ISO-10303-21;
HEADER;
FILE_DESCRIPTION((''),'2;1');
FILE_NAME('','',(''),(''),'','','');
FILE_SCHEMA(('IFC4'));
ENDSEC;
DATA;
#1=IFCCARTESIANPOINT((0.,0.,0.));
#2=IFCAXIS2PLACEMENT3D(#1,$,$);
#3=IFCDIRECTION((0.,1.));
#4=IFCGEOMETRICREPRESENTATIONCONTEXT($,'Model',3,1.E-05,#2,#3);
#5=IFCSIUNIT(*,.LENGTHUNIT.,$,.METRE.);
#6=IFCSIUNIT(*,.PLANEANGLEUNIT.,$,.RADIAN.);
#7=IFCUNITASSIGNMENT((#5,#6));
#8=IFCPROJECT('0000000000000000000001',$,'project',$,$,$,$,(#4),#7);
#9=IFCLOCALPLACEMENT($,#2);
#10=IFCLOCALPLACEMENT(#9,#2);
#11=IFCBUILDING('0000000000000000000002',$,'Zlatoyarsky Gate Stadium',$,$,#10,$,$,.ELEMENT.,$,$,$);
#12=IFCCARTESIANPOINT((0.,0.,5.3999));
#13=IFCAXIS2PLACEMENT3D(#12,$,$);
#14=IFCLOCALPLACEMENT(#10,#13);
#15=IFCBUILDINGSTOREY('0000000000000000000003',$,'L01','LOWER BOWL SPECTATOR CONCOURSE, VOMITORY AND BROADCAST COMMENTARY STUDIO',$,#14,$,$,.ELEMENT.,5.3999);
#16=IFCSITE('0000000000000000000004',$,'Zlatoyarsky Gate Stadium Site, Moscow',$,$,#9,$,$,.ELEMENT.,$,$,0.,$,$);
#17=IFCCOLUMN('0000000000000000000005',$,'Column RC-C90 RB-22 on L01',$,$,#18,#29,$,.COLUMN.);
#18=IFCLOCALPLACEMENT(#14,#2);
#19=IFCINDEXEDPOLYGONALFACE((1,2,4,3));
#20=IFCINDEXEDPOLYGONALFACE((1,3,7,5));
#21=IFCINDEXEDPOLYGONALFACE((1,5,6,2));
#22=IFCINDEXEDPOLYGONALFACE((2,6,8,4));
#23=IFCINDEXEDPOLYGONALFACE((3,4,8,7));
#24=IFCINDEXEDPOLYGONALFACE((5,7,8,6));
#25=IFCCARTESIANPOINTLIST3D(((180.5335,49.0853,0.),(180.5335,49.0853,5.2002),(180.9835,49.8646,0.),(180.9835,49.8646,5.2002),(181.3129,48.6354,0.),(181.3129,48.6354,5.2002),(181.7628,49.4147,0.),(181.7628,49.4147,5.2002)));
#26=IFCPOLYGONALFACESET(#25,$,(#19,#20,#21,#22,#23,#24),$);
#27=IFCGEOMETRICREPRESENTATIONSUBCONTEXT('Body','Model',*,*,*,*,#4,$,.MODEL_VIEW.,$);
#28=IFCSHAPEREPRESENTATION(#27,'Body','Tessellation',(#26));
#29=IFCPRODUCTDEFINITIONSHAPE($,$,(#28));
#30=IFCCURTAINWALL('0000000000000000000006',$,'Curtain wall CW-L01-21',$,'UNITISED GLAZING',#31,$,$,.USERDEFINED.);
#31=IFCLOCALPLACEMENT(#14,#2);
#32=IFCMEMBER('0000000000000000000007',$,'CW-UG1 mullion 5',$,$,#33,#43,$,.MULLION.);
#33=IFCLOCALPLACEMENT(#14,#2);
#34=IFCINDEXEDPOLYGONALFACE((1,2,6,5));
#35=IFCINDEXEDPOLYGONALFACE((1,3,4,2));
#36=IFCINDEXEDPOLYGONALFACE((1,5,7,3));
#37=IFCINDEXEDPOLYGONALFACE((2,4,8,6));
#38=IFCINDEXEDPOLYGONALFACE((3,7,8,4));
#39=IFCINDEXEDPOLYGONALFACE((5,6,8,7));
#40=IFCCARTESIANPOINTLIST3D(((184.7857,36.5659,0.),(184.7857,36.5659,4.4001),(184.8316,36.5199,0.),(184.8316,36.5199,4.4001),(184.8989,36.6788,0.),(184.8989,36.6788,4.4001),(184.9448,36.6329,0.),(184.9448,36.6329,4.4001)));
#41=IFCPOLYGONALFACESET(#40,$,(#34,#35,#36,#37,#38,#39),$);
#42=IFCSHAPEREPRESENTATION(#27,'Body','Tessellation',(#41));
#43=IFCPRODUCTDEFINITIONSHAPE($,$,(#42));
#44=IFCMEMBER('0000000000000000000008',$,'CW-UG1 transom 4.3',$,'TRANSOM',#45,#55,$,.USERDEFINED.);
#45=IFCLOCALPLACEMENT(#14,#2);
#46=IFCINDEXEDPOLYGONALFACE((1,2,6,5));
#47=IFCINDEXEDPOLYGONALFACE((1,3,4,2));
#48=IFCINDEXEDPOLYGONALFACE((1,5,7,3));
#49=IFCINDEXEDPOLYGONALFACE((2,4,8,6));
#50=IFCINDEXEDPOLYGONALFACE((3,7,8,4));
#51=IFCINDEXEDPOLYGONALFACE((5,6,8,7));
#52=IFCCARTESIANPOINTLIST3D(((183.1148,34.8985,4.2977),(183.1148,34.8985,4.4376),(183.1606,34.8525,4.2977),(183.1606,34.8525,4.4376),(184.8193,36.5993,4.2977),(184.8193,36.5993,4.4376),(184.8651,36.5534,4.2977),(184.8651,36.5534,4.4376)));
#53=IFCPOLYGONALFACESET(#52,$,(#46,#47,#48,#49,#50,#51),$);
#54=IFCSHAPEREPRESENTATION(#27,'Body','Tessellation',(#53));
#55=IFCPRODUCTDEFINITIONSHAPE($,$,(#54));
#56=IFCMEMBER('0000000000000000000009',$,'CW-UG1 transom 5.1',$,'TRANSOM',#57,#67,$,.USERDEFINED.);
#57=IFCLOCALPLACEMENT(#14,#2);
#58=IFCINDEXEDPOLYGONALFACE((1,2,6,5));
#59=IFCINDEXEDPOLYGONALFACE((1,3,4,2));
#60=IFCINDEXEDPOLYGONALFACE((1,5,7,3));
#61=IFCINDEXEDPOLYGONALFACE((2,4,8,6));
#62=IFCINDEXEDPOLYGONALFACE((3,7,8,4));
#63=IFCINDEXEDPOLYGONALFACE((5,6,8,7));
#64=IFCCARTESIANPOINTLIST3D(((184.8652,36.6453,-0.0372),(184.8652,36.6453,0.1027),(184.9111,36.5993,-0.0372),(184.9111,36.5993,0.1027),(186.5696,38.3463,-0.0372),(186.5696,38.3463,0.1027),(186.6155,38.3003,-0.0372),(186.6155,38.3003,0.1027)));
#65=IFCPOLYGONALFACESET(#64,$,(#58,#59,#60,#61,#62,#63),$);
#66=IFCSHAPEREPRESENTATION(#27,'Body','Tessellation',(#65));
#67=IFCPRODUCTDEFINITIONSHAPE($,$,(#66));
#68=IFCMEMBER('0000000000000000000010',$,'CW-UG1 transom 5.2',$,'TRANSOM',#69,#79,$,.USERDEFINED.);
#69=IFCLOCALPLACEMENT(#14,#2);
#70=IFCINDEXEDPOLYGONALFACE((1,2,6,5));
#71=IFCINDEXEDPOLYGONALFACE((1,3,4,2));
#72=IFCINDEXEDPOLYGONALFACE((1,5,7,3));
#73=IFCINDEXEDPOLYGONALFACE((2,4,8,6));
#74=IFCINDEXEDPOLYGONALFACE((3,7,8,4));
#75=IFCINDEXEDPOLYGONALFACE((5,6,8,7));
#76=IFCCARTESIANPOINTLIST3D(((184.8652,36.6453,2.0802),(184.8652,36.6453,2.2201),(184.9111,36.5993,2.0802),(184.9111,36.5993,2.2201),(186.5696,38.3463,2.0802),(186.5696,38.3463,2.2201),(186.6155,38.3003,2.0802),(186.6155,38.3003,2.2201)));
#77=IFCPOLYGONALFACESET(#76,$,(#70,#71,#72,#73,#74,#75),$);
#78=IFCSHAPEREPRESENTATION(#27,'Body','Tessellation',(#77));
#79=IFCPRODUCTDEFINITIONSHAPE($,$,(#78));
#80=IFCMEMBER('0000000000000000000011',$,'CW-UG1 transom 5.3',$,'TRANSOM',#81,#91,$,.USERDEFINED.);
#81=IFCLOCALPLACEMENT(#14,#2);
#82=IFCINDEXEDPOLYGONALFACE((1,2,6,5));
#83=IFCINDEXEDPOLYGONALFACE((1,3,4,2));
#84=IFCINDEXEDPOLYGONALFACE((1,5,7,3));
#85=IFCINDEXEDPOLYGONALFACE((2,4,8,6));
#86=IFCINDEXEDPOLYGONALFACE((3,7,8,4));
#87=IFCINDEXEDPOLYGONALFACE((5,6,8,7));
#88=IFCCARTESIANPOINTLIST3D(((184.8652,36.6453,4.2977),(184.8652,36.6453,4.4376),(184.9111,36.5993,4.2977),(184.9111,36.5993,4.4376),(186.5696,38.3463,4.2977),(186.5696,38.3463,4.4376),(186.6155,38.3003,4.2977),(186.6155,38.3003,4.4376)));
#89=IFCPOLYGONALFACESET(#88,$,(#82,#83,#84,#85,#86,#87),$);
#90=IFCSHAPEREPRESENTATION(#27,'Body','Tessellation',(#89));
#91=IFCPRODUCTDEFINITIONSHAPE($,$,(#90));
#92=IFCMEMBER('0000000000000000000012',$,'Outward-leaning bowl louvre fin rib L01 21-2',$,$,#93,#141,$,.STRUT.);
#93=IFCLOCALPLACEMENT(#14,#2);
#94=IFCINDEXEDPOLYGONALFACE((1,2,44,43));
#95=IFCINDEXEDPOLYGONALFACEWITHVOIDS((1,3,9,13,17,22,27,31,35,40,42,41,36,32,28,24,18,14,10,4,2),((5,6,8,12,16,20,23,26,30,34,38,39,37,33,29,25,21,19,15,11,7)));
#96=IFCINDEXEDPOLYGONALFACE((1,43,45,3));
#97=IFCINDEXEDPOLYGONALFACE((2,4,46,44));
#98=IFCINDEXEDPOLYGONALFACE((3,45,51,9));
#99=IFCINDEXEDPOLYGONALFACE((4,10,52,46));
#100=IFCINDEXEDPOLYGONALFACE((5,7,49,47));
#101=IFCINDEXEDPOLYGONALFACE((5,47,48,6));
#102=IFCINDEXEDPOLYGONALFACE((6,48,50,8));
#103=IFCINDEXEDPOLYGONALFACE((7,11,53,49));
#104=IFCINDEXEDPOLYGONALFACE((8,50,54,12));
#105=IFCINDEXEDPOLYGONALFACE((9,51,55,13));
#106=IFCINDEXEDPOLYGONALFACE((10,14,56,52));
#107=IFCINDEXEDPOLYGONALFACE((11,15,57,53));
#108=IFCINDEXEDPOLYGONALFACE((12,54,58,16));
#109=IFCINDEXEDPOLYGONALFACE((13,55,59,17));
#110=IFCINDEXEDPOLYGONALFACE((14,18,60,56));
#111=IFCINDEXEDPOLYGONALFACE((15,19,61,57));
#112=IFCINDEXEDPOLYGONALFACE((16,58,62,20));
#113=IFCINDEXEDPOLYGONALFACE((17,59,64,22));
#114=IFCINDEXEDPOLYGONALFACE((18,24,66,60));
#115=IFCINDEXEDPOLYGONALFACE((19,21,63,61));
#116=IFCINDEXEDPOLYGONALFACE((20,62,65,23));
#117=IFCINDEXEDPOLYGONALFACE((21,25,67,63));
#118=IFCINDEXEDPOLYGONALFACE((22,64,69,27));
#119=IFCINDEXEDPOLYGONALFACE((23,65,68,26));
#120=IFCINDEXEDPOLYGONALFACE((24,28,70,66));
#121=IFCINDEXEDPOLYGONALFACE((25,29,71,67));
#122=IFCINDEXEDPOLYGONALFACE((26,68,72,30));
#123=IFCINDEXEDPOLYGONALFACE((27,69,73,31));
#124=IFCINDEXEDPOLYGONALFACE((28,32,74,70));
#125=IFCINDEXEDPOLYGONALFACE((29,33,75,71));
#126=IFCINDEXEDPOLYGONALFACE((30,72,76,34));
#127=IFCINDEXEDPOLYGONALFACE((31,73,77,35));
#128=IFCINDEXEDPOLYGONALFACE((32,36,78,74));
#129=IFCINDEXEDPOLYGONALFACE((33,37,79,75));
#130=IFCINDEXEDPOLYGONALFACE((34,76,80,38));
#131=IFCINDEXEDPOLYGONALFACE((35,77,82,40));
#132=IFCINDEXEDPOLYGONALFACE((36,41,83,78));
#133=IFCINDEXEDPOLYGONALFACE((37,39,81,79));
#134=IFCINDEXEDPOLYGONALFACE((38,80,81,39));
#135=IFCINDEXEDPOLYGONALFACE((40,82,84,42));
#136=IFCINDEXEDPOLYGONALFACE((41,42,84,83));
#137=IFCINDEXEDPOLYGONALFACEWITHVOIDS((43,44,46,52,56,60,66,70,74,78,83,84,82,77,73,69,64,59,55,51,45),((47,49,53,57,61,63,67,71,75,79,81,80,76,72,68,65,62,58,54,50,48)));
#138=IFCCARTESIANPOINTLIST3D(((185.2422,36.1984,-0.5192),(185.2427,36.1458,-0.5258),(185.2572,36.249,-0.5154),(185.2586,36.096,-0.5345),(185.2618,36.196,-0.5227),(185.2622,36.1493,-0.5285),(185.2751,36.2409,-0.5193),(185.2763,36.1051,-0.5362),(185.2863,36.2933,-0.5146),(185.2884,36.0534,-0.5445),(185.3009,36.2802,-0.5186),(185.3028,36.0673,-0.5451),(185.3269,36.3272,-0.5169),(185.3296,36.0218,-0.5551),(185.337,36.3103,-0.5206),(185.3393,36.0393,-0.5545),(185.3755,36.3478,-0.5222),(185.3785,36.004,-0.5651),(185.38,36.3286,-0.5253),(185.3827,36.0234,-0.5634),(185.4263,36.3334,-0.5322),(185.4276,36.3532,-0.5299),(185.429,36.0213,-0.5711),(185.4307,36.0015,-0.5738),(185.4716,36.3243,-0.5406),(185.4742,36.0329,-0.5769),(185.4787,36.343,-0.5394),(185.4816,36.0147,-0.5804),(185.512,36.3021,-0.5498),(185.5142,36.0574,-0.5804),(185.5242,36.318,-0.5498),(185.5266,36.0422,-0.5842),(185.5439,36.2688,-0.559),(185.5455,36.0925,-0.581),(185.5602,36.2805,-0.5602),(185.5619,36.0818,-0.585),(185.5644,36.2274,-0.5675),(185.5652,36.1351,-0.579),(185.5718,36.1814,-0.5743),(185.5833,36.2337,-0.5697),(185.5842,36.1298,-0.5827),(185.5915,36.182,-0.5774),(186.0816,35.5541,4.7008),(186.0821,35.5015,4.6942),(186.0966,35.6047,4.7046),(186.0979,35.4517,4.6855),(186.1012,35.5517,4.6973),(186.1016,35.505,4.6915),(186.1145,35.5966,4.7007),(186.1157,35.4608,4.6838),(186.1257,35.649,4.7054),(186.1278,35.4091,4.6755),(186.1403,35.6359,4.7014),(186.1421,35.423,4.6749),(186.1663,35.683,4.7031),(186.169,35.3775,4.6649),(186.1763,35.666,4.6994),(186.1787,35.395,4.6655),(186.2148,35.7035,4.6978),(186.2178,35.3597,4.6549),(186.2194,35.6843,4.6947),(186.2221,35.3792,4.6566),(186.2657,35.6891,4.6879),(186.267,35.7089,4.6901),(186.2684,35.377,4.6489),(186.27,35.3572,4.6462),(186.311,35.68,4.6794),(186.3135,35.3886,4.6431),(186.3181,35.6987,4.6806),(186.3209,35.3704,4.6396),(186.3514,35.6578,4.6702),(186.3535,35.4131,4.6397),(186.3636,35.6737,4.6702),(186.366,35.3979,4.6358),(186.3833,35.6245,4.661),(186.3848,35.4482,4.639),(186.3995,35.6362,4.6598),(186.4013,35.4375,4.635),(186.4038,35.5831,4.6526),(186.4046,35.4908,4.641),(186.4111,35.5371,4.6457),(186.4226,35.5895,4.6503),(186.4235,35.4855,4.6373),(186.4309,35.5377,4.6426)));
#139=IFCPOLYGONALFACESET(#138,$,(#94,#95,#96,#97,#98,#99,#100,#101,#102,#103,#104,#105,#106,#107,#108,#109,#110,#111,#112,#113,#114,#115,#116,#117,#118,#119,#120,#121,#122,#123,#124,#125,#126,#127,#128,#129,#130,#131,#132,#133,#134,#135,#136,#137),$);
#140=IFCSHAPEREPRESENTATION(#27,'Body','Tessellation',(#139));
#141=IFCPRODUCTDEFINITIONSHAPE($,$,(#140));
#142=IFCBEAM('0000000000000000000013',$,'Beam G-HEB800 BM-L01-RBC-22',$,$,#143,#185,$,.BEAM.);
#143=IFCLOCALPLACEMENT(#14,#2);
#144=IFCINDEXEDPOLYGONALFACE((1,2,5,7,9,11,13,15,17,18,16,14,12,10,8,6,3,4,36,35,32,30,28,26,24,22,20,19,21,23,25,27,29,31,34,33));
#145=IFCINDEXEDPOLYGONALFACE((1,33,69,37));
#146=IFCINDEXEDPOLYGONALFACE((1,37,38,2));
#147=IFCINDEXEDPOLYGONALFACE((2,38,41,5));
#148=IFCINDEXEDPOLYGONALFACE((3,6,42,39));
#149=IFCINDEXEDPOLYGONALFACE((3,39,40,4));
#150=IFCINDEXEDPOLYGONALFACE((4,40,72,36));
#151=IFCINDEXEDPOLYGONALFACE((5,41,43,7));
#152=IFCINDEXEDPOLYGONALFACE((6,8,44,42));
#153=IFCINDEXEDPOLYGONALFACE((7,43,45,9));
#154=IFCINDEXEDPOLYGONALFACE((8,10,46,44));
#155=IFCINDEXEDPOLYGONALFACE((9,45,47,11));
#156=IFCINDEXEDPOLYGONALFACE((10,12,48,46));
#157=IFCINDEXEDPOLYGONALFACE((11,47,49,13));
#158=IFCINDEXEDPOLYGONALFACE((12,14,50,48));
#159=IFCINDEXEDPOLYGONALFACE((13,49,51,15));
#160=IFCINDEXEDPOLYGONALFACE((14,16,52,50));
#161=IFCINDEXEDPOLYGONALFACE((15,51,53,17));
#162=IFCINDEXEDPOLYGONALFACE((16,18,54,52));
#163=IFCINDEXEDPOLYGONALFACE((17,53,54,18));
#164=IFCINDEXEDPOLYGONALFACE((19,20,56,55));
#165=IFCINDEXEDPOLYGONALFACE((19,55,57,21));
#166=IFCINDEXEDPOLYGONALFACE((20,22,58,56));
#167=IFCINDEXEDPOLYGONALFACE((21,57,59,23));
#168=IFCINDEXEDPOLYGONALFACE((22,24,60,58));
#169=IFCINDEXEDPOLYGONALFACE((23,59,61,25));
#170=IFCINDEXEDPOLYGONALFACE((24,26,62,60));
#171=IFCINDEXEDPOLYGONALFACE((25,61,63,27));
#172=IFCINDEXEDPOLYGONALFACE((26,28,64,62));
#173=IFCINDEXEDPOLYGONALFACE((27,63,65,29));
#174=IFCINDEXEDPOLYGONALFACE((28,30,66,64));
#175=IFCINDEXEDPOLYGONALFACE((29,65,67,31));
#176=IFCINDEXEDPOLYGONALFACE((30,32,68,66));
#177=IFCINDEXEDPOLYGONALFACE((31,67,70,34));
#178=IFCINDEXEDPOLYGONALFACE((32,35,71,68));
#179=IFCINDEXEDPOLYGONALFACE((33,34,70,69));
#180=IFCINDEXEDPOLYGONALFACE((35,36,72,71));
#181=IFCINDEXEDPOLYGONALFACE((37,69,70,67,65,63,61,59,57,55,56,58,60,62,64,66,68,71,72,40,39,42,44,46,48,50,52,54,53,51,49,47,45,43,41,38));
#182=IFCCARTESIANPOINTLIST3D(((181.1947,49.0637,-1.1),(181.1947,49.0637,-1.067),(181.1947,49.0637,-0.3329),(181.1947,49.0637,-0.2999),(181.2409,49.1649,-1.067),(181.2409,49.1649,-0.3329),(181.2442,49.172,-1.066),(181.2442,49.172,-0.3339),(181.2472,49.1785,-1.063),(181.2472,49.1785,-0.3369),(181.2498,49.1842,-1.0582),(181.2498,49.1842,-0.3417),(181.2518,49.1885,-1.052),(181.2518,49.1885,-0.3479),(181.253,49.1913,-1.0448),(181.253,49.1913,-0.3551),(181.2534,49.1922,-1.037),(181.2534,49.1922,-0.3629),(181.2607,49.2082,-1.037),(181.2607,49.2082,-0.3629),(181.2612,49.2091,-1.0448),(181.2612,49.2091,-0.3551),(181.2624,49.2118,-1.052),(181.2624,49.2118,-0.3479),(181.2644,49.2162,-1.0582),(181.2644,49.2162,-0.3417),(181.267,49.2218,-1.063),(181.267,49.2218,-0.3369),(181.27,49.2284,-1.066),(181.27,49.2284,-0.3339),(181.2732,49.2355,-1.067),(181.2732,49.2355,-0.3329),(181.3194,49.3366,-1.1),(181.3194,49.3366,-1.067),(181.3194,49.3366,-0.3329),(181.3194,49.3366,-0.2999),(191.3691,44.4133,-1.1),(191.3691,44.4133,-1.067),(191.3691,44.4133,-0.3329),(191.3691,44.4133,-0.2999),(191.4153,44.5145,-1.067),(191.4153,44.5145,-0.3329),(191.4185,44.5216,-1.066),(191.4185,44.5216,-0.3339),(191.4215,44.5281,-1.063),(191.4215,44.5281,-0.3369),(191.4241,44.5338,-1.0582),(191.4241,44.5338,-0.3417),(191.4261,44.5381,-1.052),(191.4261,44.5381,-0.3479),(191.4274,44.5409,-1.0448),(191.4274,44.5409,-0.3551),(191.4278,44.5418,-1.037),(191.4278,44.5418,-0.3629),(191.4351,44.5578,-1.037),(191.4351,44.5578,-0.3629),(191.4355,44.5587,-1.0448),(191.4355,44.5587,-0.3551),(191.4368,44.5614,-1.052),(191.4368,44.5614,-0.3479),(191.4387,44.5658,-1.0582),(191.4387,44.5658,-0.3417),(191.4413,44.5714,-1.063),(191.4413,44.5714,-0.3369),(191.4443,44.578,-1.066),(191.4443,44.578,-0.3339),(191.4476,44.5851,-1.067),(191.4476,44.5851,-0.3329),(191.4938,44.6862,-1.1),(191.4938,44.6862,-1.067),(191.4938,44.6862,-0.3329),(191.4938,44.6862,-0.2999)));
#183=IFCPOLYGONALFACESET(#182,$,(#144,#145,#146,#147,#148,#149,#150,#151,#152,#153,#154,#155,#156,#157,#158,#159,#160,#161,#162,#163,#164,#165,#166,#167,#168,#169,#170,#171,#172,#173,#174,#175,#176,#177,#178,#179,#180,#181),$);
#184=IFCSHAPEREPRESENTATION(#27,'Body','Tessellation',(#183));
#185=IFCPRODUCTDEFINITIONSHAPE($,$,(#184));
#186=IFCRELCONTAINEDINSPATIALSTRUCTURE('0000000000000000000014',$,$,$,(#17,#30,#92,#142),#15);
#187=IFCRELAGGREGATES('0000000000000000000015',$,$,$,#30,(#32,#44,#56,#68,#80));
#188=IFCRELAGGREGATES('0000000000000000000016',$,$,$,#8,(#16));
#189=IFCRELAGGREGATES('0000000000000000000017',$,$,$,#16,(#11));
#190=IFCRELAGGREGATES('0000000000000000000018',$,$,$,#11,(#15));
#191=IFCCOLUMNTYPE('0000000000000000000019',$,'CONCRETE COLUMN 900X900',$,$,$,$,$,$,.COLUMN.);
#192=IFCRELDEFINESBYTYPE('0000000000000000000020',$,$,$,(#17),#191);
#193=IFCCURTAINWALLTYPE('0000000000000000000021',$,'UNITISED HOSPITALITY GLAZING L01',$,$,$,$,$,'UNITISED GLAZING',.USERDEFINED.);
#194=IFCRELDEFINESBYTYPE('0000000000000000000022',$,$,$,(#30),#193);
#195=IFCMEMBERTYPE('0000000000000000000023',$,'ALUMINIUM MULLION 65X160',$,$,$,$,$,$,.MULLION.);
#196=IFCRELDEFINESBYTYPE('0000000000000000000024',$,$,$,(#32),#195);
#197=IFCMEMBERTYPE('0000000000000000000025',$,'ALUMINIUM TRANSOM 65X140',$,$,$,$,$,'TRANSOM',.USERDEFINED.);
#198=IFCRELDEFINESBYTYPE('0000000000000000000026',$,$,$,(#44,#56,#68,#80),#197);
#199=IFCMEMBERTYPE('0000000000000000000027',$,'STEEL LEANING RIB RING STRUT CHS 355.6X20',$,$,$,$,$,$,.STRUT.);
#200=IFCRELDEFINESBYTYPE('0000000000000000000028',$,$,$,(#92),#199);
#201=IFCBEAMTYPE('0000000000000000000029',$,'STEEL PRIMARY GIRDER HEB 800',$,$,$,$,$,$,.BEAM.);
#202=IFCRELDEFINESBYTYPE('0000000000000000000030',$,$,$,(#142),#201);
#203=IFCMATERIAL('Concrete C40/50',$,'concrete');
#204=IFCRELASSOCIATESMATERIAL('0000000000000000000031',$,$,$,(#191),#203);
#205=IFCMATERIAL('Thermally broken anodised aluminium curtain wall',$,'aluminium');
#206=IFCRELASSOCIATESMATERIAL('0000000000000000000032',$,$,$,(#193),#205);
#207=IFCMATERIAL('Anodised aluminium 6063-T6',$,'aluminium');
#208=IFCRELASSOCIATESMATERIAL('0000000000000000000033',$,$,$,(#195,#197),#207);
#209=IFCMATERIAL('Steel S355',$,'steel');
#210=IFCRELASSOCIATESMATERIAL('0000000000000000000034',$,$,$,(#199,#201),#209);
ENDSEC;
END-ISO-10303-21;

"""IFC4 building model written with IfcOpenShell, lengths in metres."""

from ifc_helpers import new_model, si_unit, direction, frame, origin, origin_2d, place, context, subcontext, project, spatial, rectangle, hollow_circle, i_section, extrude, material, material_profile, profile_set, type_object, element, aggregate, save


model = new_model("IFC4")

# Units and contexts
model_context = context("Model", 3, precision=1e-05, world=origin(), true_north=direction((0.0, 1.0)))
body_context = subcontext(model_context, "Body", "Model", "MODEL_VIEW")
ifc_project = project(units=[si_unit("LENGTHUNIT", "METRE"), si_unit("PLANEANGLEUNIT", "RADIAN")], contexts=[model_context])

# Site, building, storey
site_placement = place(None, origin())
site = spatial("IfcSite", under=ifc_project, at=site_placement, Name="Zlatoyarsky Gate Stadium Site, Moscow", CompositionType="ELEMENT", RefElevation=0.0)
building_placement = place(site_placement, origin())
building = spatial("IfcBuilding", under=site, at=building_placement, Name="Zlatoyarsky Gate Stadium", CompositionType="ELEMENT")
storey_placement = place(building_placement, frame((0.0, 0.0, 5.3999)))
storey = spatial("IfcBuildingStorey", under=building, at=storey_placement, Name="L01", Description="LOWER BOWL SPECTATOR CONCOURSE, VOMITORY AND BROADCAST COMMENTARY STUDIO", CompositionType="ELEMENT", Elevation=5.3999)

# Column
ifc_material_1 = material(Name="Concrete C40/50", Category="concrete")
ifc_material_profile_1 = material_profile(ifc_material_1, rectangle(XDim=0.8999, YDim=0.8999, at=origin_2d()), Name="RC COL 900X900")
ifc_profile_set_1 = profile_set([ifc_material_profile_1], Name="Concrete C40/50")
column_type = type_object("IfcColumnType", Name="CONCRETE COLUMN 900X900", PredefinedType="COLUMN", material=ifc_profile_set_1)
column_placement = place(storey_placement, frame((181.1482, 49.25, 0.0), z_axis=(0.0, 0.0, 1.0), x_axis=(0.866025, -0.5, 0.0)))
element("IfcColumn", 1, at=column_placement, inside=storey, type_object=column_type, Name="Column RC-C90 RB-22 on L01", PredefinedType="COLUMN", context=body_context, shape_type="SweptSolid", body=[
    extrude(rectangle(XDim=0.8999, YDim=0.8999, at=origin_2d()), origin(), (0.0, 0.0, 1.0), 5.2002),
])

# Curtain wall, members
ifc_material_2 = material(Name="Thermally broken anodised aluminium curtain wall", Category="aluminium")
curtain_wall_type = type_object("IfcCurtainWallType", Name="UNITISED HOSPITALITY GLAZING L01", ElementType="UNITISED GLAZING", PredefinedType="USERDEFINED", material=ifc_material_2)
curtain_wall_placement = place(storey_placement, origin())
curtain_wall = element("IfcCurtainWall", 2, at=curtain_wall_placement, inside=storey, type_object=curtain_wall_type, Name="Curtain wall CW-L01-21", ObjectType="UNITISED GLAZING", PredefinedType="USERDEFINED")
ifc_material_3 = material(Name="Anodised aluminium 6063-T6", Category="aluminium")
ifc_material_profile_2 = material_profile(ifc_material_3, rectangle(XDim=0.0649, YDim=0.1599, at=origin_2d()), Name="ALU 65X160")
ifc_profile_set_2 = profile_set([ifc_material_profile_2], Name="Anodised aluminium 6063-T6")
member_type_1 = type_object("IfcMemberType", Name="ALUMINIUM MULLION 65X160", PredefinedType="MULLION", material=ifc_profile_set_2)
member_1_placement = place(storey_placement, frame((184.8652, 36.5994, 0.0), z_axis=(0.0, 0.0, 1.0), x_axis=(-0.706371, 0.707842, 0.0)))
member_1 = element("IfcMember", 3, at=member_1_placement, type_object=member_type_1, Name="CW-UG1 mullion 5", PredefinedType="MULLION", context=body_context, shape_type="SweptSolid", body=[
    extrude(rectangle(XDim=0.0649, YDim=0.1599, at=origin_2d()), origin(), (0.0, 0.0, 1.0), 4.4001),
])
ifc_material_profile_3 = material_profile(ifc_material_3, rectangle(XDim=0.0649, YDim=0.1399, at=origin_2d()), Name="ALU 65X140")
ifc_profile_set_3 = profile_set([ifc_material_profile_3], Name="Anodised aluminium 6063-T6")
member_type_2 = type_object("IfcMemberType", Name="ALUMINIUM TRANSOM 65X140", ElementType="TRANSOM", PredefinedType="USERDEFINED", material=ifc_profile_set_3)
member_2_placement = place(storey_placement, frame((183.1377, 34.8755, 4.3677), z_axis=(0.707867, 0.706346, 0.0), x_axis=(-0.706346, 0.707867, 0.0)))
member_2 = element("IfcMember", 4, at=member_2_placement, type_object=member_type_2, Name="CW-UG1 transom 4.3", ObjectType="TRANSOM", PredefinedType="USERDEFINED", context=body_context, shape_type="SweptSolid", body=[
    extrude(rectangle(XDim=0.0649, YDim=0.1399, at=origin_2d()), origin(), (0.0, 0.0, 1.0), 2.408),
])
member_3_placement = place(storey_placement, frame((184.8882, 36.6223, 0.0327), z_axis=(0.707816, 0.706397, 0.0), x_axis=(-0.706397, 0.707816, 0.0)))
member_3 = element("IfcMember", 5, at=member_3_placement, type_object=member_type_2, Name="CW-UG1 transom 5.1", ObjectType="TRANSOM", PredefinedType="USERDEFINED", context=body_context, shape_type="SweptSolid", body=[
    extrude(rectangle(XDim=0.0649, YDim=0.1399, at=origin_2d()), origin(), (0.0, 0.0, 1.0), 2.408),
])
member_4_placement = place(storey_placement, frame((184.8882, 36.6223, 2.1501), z_axis=(0.707816, 0.706397, 0.0), x_axis=(-0.706397, 0.707816, 0.0)))
member_4 = element("IfcMember", 6, at=member_4_placement, type_object=member_type_2, Name="CW-UG1 transom 5.2", ObjectType="TRANSOM", PredefinedType="USERDEFINED", context=body_context, shape_type="SweptSolid", body=[
    extrude(rectangle(XDim=0.0649, YDim=0.1399, at=origin_2d()), origin(), (0.0, 0.0, 1.0), 2.408),
])
member_5_placement = place(storey_placement, frame((184.8882, 36.6223, 4.3677), z_axis=(0.707816, 0.706397, 0.0), x_axis=(-0.706397, 0.707816, 0.0)))
member_5 = element("IfcMember", 7, at=member_5_placement, type_object=member_type_2, Name="CW-UG1 transom 5.3", ObjectType="TRANSOM", PredefinedType="USERDEFINED", context=body_context, shape_type="SweptSolid", body=[
    extrude(rectangle(XDim=0.0649, YDim=0.1399, at=origin_2d()), origin(), (0.0, 0.0, 1.0), 2.408),
])

# Member
ifc_material_4 = material(Name="Steel S355", Category="steel")
ifc_material_profile_4 = material_profile(ifc_material_4, hollow_circle(Radius=0.1777, WallThickness=0.02, at=origin_2d()), Name="CHS 355.6X20")
ifc_profile_set_4 = profile_set([ifc_material_profile_4], Name="Steel S355")
member_type_3 = type_object("IfcMemberType", Name="STEEL LEANING RIB RING STRUT CHS 355.6X20", PredefinedType="STRUT", material=ifc_profile_set_4)
member_6_placement = place(storey_placement, frame((185.416, 36.177, -0.5498), z_axis=(0.157592, -0.120967, 0.980067), x_axis=(0.608896, 0.79325, 0.0)))
element("IfcMember", 8, at=member_6_placement, inside=storey, type_object=member_type_3, Name="Outward-leaning bowl louvre fin rib L01 21-2", PredefinedType="STRUT", context=body_context, shape_type="SweptSolid", body=[
    extrude(hollow_circle(Radius=0.1777, WallThickness=0.02, at=origin_2d()), origin(), (0.0, 0.0, 1.0), 5.3262),
])

# Beam
ifc_material_profile_5 = material_profile(ifc_material_4, i_section(OverallWidth=0.3, OverallDepth=0.8, WebThickness=0.0176, FlangeThickness=0.033, FilletRadius=0.03, at=origin_2d()), Name="HEB 800")
ifc_profile_set_5 = profile_set([ifc_material_profile_5], Name="Steel S355")
beam_type = type_object("IfcBeamType", Name="STEEL PRIMARY GIRDER HEB 800", PredefinedType="BEAM", material=ifc_profile_set_5)
beam_placement = place(storey_placement, frame((181.2571, 49.2002, -0.7), z_axis=(0.909499, -0.415706, 0.0), x_axis=(0.415706, 0.909499, 0.0)))
element("IfcBeam", 9, at=beam_placement, inside=storey, type_object=beam_type, Name="Beam G-HEB800 BM-L01-RBC-22", PredefinedType="BEAM", context=body_context, shape_type="SweptSolid", body=[
    extrude(i_section(OverallWidth=0.3, OverallDepth=0.8, WebThickness=0.0176, FlangeThickness=0.033, FilletRadius=0.03, at=origin_2d()), origin(), (0.0, 0.0, 1.0), 11.1868),
])

aggregate(curtain_wall, [member_1, member_2, member_3, member_4, member_5])

save(model, "model.ifc")
